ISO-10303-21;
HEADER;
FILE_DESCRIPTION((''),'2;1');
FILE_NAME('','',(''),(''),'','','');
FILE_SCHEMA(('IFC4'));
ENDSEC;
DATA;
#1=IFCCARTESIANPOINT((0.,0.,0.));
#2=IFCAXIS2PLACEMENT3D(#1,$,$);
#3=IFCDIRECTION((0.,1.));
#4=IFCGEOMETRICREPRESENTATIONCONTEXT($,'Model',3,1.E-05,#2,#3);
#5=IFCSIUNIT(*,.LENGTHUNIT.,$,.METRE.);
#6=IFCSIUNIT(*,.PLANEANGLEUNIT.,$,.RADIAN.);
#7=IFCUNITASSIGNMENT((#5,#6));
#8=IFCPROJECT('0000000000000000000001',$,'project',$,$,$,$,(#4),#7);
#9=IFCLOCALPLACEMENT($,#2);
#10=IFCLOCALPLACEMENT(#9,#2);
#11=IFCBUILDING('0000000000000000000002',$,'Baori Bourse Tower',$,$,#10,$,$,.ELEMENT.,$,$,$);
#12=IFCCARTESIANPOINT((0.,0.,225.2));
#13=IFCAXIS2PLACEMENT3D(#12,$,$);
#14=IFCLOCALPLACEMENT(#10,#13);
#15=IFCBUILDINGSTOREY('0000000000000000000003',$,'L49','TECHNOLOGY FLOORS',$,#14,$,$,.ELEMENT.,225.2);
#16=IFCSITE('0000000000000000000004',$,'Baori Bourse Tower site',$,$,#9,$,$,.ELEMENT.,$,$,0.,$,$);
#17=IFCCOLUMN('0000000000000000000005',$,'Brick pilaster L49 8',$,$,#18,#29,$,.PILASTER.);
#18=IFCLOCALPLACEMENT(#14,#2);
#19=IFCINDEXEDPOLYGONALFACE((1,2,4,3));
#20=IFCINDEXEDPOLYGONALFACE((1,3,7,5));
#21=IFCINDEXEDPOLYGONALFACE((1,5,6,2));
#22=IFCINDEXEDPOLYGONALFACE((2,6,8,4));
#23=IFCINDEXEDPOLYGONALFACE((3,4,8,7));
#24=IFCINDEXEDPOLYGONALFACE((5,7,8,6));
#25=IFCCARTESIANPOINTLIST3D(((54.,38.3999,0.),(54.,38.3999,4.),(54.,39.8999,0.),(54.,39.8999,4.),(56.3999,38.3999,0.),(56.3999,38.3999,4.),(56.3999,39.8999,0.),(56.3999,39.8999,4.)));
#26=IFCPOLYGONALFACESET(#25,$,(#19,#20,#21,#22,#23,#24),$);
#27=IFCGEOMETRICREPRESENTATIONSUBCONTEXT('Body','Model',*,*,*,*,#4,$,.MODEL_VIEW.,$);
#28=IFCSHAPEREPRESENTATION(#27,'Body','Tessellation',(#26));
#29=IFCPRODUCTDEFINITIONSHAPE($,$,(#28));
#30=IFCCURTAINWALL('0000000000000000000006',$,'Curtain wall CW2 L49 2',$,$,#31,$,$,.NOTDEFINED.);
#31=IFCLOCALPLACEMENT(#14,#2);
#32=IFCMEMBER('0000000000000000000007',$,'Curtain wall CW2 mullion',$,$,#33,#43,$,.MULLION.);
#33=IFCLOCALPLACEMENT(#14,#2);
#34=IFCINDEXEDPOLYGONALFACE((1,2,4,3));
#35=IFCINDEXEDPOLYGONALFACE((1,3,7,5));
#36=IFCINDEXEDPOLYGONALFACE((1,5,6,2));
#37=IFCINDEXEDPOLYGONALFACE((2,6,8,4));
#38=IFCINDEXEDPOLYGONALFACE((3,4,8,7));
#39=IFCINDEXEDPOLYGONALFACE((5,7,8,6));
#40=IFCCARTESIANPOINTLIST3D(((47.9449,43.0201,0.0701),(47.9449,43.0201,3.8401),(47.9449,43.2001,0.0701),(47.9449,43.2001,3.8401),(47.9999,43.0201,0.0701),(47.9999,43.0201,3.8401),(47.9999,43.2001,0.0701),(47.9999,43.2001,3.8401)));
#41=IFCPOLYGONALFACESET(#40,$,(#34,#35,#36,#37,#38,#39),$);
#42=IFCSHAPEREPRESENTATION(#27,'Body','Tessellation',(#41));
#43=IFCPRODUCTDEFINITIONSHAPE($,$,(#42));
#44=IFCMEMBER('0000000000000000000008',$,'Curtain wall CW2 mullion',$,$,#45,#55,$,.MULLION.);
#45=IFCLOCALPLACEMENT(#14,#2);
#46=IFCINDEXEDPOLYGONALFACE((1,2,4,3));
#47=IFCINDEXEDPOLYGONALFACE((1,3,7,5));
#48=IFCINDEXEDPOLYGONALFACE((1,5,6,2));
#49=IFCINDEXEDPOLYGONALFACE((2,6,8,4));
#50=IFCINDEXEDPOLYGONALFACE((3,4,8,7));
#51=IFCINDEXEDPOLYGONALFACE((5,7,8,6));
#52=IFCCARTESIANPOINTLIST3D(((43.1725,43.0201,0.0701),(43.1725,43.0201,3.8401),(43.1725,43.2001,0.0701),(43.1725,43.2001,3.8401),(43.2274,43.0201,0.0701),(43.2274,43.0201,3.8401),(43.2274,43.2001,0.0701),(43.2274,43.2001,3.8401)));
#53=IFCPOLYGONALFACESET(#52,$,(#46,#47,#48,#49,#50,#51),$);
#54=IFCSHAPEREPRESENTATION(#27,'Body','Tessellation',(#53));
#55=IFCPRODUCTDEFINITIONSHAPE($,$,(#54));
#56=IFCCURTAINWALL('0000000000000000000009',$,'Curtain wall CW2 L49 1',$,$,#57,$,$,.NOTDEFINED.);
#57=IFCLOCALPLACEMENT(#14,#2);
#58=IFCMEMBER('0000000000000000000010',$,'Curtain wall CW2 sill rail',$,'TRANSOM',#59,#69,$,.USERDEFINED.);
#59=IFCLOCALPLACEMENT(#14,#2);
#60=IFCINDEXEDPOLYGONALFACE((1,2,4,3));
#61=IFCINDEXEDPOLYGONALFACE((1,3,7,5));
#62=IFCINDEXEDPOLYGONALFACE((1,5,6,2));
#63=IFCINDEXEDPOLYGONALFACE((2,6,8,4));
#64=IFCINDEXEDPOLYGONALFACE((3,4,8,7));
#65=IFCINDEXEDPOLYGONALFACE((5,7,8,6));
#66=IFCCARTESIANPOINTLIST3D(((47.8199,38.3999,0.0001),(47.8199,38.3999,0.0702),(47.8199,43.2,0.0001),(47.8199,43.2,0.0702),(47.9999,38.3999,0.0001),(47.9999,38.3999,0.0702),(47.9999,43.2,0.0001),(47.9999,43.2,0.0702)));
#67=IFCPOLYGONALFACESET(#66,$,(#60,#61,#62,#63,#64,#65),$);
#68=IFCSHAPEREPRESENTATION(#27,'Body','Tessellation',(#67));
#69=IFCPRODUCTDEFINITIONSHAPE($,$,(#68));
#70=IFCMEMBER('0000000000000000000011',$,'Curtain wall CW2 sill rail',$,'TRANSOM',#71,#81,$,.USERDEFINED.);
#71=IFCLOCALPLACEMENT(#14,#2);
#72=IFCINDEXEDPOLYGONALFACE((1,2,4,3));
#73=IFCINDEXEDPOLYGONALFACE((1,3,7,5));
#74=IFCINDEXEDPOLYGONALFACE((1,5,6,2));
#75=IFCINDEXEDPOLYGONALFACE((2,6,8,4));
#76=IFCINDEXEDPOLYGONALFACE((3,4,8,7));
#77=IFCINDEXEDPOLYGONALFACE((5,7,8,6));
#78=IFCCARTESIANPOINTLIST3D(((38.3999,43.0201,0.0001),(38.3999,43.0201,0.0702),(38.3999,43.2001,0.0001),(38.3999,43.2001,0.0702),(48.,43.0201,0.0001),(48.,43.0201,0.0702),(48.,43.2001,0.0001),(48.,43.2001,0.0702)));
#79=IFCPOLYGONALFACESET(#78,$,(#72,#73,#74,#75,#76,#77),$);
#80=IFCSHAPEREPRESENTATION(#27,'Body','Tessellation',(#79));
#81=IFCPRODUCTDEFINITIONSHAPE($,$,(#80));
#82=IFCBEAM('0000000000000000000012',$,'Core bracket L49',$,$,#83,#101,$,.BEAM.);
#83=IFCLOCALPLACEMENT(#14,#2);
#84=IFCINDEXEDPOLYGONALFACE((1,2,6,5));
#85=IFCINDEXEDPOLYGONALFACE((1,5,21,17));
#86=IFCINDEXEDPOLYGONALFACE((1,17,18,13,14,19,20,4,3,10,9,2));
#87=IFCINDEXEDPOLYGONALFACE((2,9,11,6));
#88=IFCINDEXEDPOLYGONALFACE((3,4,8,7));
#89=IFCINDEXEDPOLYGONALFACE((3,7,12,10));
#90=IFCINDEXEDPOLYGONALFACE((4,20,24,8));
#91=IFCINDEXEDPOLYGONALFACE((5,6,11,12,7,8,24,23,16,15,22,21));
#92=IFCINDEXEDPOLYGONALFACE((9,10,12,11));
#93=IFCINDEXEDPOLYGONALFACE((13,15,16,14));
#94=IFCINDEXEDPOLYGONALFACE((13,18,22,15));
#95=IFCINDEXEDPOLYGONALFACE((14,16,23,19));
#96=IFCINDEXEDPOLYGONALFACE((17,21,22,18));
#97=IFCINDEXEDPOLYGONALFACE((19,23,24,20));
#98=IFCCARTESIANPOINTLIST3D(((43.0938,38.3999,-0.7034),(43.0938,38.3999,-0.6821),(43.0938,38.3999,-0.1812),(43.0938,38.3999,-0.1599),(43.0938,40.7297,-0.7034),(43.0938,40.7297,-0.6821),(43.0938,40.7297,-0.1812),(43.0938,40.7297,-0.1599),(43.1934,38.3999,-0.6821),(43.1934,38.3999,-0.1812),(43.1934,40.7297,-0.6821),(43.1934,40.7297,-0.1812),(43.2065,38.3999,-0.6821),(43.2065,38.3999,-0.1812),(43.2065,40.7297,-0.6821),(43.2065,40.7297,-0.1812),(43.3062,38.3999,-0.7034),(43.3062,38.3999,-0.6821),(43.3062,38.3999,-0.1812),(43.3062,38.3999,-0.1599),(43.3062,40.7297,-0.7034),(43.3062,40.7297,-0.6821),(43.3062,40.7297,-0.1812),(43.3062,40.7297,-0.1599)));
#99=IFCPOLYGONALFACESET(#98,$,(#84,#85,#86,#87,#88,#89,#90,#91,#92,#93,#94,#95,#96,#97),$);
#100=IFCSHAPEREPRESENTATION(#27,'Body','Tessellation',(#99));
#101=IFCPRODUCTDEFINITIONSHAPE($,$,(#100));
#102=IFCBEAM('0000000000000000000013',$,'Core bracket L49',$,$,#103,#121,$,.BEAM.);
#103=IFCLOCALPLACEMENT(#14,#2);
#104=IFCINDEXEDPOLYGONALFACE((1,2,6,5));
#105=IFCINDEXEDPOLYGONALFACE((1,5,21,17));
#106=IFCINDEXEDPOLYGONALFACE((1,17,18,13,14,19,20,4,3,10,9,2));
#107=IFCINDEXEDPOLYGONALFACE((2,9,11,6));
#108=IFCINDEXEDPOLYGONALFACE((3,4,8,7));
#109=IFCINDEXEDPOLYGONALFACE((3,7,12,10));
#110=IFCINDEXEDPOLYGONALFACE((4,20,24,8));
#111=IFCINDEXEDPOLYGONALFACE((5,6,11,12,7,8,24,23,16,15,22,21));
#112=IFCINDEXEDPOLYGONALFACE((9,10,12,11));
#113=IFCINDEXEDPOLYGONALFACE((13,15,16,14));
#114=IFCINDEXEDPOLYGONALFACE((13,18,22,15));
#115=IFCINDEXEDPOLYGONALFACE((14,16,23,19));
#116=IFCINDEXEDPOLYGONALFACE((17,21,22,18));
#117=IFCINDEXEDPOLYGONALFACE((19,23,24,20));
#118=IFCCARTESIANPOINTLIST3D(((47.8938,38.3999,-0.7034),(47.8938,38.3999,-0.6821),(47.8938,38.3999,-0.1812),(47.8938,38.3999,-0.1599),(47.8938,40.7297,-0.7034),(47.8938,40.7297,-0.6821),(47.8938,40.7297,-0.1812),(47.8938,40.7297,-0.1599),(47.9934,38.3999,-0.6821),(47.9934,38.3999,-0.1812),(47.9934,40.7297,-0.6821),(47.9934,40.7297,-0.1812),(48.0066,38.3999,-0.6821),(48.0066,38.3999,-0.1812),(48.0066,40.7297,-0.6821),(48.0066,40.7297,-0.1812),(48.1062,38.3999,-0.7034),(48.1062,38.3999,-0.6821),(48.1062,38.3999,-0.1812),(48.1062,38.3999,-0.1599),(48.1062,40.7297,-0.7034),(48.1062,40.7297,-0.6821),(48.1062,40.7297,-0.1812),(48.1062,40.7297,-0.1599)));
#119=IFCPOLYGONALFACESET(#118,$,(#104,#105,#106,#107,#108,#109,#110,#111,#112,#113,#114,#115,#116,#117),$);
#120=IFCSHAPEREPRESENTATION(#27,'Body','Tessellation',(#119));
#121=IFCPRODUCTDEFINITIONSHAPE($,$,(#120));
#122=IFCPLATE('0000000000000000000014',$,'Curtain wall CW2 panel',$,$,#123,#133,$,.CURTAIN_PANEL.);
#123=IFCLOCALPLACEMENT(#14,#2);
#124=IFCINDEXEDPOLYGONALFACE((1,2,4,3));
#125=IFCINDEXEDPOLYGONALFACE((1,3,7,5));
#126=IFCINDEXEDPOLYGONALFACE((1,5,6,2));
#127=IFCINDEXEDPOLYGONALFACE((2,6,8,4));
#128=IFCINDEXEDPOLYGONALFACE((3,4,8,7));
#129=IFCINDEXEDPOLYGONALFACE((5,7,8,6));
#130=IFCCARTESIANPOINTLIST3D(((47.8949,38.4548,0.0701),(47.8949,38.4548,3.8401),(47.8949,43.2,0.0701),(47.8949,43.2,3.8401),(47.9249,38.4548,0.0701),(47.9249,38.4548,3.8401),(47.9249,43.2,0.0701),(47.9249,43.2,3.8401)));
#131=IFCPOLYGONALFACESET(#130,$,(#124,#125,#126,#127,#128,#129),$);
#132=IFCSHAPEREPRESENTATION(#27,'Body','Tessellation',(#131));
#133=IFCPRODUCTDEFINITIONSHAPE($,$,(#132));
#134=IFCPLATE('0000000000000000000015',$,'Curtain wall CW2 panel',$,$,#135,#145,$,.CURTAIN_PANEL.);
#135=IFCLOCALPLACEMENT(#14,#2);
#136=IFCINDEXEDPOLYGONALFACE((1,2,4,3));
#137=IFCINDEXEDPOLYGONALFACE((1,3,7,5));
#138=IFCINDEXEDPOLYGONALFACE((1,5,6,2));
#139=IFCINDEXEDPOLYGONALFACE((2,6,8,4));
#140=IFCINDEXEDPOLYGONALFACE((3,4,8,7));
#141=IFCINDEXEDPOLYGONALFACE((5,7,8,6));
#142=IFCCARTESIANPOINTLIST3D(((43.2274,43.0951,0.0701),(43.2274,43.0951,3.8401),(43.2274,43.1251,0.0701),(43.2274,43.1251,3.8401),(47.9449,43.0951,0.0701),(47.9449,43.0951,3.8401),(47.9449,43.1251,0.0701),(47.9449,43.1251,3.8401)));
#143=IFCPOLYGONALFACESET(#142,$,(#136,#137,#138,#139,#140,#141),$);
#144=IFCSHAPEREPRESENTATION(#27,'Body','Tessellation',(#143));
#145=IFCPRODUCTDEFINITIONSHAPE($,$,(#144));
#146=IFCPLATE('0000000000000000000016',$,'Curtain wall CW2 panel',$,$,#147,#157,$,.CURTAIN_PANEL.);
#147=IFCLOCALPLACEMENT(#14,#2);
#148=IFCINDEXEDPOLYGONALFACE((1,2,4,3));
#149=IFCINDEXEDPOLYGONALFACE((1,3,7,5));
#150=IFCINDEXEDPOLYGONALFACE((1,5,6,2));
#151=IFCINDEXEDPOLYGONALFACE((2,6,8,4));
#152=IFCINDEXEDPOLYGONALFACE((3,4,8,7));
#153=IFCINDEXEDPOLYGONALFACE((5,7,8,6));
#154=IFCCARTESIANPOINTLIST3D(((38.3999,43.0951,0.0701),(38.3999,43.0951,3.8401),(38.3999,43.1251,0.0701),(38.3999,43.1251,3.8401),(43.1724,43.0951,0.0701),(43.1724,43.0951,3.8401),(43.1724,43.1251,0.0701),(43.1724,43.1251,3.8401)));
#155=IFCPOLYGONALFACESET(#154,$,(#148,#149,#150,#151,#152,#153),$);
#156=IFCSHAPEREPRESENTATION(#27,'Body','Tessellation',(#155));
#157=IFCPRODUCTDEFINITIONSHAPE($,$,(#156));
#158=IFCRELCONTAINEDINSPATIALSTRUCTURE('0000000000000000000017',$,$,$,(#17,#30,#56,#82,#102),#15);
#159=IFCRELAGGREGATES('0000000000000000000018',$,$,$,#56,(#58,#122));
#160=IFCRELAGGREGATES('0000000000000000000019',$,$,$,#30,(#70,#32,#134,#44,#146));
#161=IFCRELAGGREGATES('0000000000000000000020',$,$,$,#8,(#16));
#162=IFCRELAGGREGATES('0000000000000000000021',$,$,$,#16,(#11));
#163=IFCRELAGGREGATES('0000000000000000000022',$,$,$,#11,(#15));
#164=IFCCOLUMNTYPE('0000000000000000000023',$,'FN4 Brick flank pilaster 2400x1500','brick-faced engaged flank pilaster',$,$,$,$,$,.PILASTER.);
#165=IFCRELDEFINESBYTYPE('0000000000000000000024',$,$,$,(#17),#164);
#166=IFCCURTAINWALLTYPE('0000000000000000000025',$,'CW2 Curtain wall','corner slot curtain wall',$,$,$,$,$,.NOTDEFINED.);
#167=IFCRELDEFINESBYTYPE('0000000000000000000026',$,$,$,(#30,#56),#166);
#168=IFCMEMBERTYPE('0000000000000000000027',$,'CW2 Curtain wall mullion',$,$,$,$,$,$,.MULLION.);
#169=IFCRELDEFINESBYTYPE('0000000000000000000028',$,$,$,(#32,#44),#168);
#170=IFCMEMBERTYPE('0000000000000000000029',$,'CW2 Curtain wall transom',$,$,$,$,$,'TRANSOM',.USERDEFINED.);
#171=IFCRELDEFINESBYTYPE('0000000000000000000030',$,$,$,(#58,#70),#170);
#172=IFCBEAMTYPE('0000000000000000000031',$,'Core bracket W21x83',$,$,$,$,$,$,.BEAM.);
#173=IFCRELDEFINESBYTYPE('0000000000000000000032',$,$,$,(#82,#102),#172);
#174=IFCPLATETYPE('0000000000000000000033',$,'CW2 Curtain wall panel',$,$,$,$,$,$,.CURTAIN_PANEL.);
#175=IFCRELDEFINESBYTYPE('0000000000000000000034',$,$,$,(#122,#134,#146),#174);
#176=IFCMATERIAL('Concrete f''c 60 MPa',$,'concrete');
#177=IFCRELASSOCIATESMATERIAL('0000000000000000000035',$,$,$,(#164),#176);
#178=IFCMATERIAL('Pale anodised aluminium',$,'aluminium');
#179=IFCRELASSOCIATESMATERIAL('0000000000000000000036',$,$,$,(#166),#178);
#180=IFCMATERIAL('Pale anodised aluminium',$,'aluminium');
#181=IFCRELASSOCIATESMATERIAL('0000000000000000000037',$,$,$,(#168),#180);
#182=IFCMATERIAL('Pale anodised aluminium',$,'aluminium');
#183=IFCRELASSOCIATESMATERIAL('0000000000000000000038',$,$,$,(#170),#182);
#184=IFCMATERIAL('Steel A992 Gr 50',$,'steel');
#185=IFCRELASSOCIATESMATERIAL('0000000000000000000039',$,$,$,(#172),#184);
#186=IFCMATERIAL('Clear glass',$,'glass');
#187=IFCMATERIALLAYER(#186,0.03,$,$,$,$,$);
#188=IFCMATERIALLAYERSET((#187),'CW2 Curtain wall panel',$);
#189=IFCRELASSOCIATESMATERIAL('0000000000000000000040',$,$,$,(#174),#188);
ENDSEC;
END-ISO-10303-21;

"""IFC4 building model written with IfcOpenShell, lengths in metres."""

from ifc_helpers import new_model, si_unit, direction, frame, origin, origin_2d, place, context, subcontext, project, spatial, rectangle, i_section, extrude, material, layer, layer_set, material_profile, profile_set, type_object, element, aggregate, save


model = new_model("IFC4")

# Units and contexts
model_context = context("Model", 3, precision=1e-05, world=origin(), true_north=direction((0.0, 1.0)))
body_context = subcontext(model_context, "Body", "Model", "MODEL_VIEW")
ifc_project = project(units=[si_unit("LENGTHUNIT", "METRE"), si_unit("PLANEANGLEUNIT", "RADIAN")], contexts=[model_context])

# Site, building, storey
site_placement = place(None, origin())
site = spatial("IfcSite", under=ifc_project, at=site_placement, Name="Baori Bourse Tower site", CompositionType="ELEMENT", RefElevation=0.0)
building_placement = place(site_placement, origin())
building = spatial("IfcBuilding", under=site, at=building_placement, Name="Baori Bourse Tower", CompositionType="ELEMENT")
storey_placement = place(building_placement, frame((0.0, 0.0, 225.2)))
storey = spatial("IfcBuildingStorey", under=building, at=storey_placement, Name="L49", Description="TECHNOLOGY FLOORS", CompositionType="ELEMENT", Elevation=225.2)

# Column
ifc_material_1 = material(Name="Concrete f'c 60 MPa", Category="concrete")
ifc_material_profile_1 = material_profile(ifc_material_1, rectangle(XDim=2.3999, YDim=1.5, at=origin_2d()), Name="RC 2400x1500")
ifc_profile_set_1 = profile_set([ifc_material_profile_1], Name="Concrete f'c 60 MPa")
column_type = type_object("IfcColumnType", Name="FN4 Brick flank pilaster 2400x1500", Description="brick-faced engaged flank pilaster", PredefinedType="PILASTER", material=ifc_profile_set_1)
column_placement = place(storey_placement, frame((55.2, 39.1499, 0.0), z_axis=(0.0, 0.0, 1.0), x_axis=(1.0, 0.0, 0.0)))
element("IfcColumn", 1, at=column_placement, inside=storey, type_object=column_type, Name="Brick pilaster L49 8", PredefinedType="PILASTER", context=body_context, shape_type="SweptSolid", body=[
    extrude(rectangle(XDim=2.3999, YDim=1.5, at=origin_2d()), origin(), (0.0, 0.0, 1.0), 4.0),
])

# Curtain wall, members
ifc_material_2 = material(Name="Pale anodised aluminium", Category="aluminium")
curtain_wall_type = type_object("IfcCurtainWallType", Name="CW2 Curtain wall", Description="corner slot curtain wall", PredefinedType="NOTDEFINED", material=ifc_material_2)
curtain_wall_1_placement = place(storey_placement, origin())
curtain_wall_1 = element("IfcCurtainWall", 2, at=curtain_wall_1_placement, inside=storey, type_object=curtain_wall_type, Name="Curtain wall CW2 L49 2", PredefinedType="NOTDEFINED")
ifc_material_3 = material(Name="Pale anodised aluminium", Category="aluminium")
ifc_material_profile_2 = material_profile(ifc_material_3, rectangle(XDim=0.1799, YDim=0.0549, at=origin_2d()), Name="Mullion 55x180")
ifc_profile_set_2 = profile_set([ifc_material_profile_2], Name="Pale anodised aluminium")
member_type_1 = type_object("IfcMemberType", Name="CW2 Curtain wall mullion", PredefinedType="MULLION", material=ifc_profile_set_2)
member_1_placement = place(storey_placement, frame((47.9724, 43.1101, 0.0701), z_axis=(0.0, 0.0, 1.0), x_axis=(0.0, -1.0, 0.0)))
member_1 = element("IfcMember", 3, at=member_1_placement, type_object=member_type_1, Name="Curtain wall CW2 mullion", PredefinedType="MULLION", context=body_context, shape_type="SweptSolid", body=[
    extrude(rectangle(XDim=0.1799, YDim=0.0549, at=origin_2d()), origin(), (0.0, 0.0, 1.0), 3.77),
])
member_2_placement = place(storey_placement, frame((43.2, 43.1101, 0.0701), z_axis=(0.0, 0.0, 1.0), x_axis=(0.0, -1.0, 0.0)))
member_2 = element("IfcMember", 4, at=member_2_placement, type_object=member_type_1, Name="Curtain wall CW2 mullion", PredefinedType="MULLION", context=body_context, shape_type="SweptSolid", body=[
    extrude(rectangle(XDim=0.1799, YDim=0.0549, at=origin_2d()), origin(), (0.0, 0.0, 1.0), 3.77),
])

# Curtain wall, member
curtain_wall_2_placement = place(storey_placement, origin())
curtain_wall_2 = element("IfcCurtainWall", 5, at=curtain_wall_2_placement, inside=storey, type_object=curtain_wall_type, Name="Curtain wall CW2 L49 1", PredefinedType="NOTDEFINED")
ifc_material_4 = material(Name="Pale anodised aluminium", Category="aluminium")
ifc_material_profile_3 = material_profile(ifc_material_4, rectangle(XDim=0.1799, YDim=0.0701, at=origin_2d()), Name="Transom 70x180")
ifc_profile_set_3 = profile_set([ifc_material_profile_3], Name="Pale anodised aluminium")
member_type_2 = type_object("IfcMemberType", Name="CW2 Curtain wall transom", ElementType="TRANSOM", PredefinedType="USERDEFINED", material=ifc_profile_set_3)
member_3_placement = place(storey_placement, frame((47.9099, 38.3999, 0.0352), z_axis=(0.0, 1.0, 0.0), x_axis=(-1.0, 0.0, 0.0)))
member_3 = element("IfcMember", 6, at=member_3_placement, type_object=member_type_2, Name="Curtain wall CW2 sill rail", ObjectType="TRANSOM", PredefinedType="USERDEFINED", context=body_context, shape_type="SweptSolid", body=[
    extrude(rectangle(XDim=0.1799, YDim=0.0701, at=origin_2d()), origin(), (0.0, 0.0, 1.0), 4.8),
])

# Member
member_4_placement = place(storey_placement, frame((48.0, 43.1101, 0.0352), z_axis=(-1.0, 0.0, 0.0), x_axis=(0.0, -1.0, 0.0)))
member_4 = element("IfcMember", 7, at=member_4_placement, type_object=member_type_2, Name="Curtain wall CW2 sill rail", ObjectType="TRANSOM", PredefinedType="USERDEFINED", context=body_context, shape_type="SweptSolid", body=[
    extrude(rectangle(XDim=0.1799, YDim=0.0701, at=origin_2d()), origin(), (0.0, 0.0, 1.0), 9.6001),
])

# Beams
ifc_material_5 = material(Name="Steel A992 Gr 50", Category="steel")
ifc_material_profile_4 = material_profile(ifc_material_5, i_section(OverallWidth=0.2124, OverallDepth=0.5435, WebThickness=0.0132, FlangeThickness=0.0212, at=origin_2d()), Name="W21x83")
ifc_profile_set_4 = profile_set([ifc_material_profile_4], Name="Steel A992 Gr 50")
beam_type = type_object("IfcBeamType", Name="Core bracket W21x83", PredefinedType="BEAM", material=ifc_profile_set_4)
for number, where, z_axis, x_axis, name in (
    (8, (43.2, 38.3999, -0.4316), (0.0, 1.0, 0.0), (-1.0, 0.0, 0.0), "Core bracket L49"),
    (9, (48.0, 38.3999, -0.4316), (0.0, 1.0, 0.0), (-1.0, 0.0, 0.0), "Core bracket L49"),
):
    element("IfcBeam", number, at=place(storey_placement, frame(where, z_axis=z_axis, x_axis=x_axis)), inside=storey, type_object=beam_type, Name=name, PredefinedType="BEAM", context=body_context, shape_type="SweptSolid", body=[
        extrude(i_section(OverallWidth=0.2124, OverallDepth=0.5435, WebThickness=0.0132, FlangeThickness=0.0212, at=origin_2d()), origin(), (0.0, 0.0, 1.0), 2.3298),
    ])

# Plates
ifc_material_6 = material(Name="Clear glass", Category="glass")
ifc_layer_1 = layer(ifc_material_6, 0.03)
ifc_layer_set_1 = layer_set([ifc_layer_1], Name="CW2 Curtain wall panel")
plate_type = type_object("IfcPlateType", Name="CW2 Curtain wall panel", PredefinedType="CURTAIN_PANEL", material=ifc_layer_set_1)
plate_1_placement = place(storey_placement, frame((47.9099, 40.8274, 0.0701), z_axis=(0.0, 0.0, 1.0), x_axis=(0.0, 1.0, 0.0)))
plate_1 = element("IfcPlate", 10, at=plate_1_placement, type_object=plate_type, Name="Curtain wall CW2 panel", PredefinedType="CURTAIN_PANEL", context=body_context, shape_type="SweptSolid", body=[
    extrude(rectangle(XDim=4.7451, YDim=0.03, at=origin_2d()), origin(), (0.0, 0.0, 1.0), 3.77),
])
aggregate(curtain_wall_2, [member_3, plate_1])
plate_2_placement = place(storey_placement, frame((45.5862, 43.1101, 0.0701), z_axis=(0.0, 0.0, 1.0), x_axis=(-1.0, 0.0, 0.0)))
plate_2 = element("IfcPlate", 11, at=plate_2_placement, type_object=plate_type, Name="Curtain wall CW2 panel", PredefinedType="CURTAIN_PANEL", context=body_context, shape_type="SweptSolid", body=[
    extrude(rectangle(XDim=4.7175, YDim=0.03, at=origin_2d()), origin(), (0.0, 0.0, 1.0), 3.77),
])
plate_3_placement = place(storey_placement, frame((40.7861, 43.1101, 0.0701), z_axis=(0.0, 0.0, 1.0), x_axis=(-1.0, 0.0, 0.0)))
plate_3 = element("IfcPlate", 12, at=plate_3_placement, type_object=plate_type, Name="Curtain wall CW2 panel", PredefinedType="CURTAIN_PANEL", context=body_context, shape_type="SweptSolid", body=[
    extrude(rectangle(XDim=4.7725, YDim=0.03, at=origin_2d()), origin(), (0.0, 0.0, 1.0), 3.77),
])
aggregate(curtain_wall_1, [member_4, member_1, plate_2, member_2, plate_3])

save(model, "model.ifc")
